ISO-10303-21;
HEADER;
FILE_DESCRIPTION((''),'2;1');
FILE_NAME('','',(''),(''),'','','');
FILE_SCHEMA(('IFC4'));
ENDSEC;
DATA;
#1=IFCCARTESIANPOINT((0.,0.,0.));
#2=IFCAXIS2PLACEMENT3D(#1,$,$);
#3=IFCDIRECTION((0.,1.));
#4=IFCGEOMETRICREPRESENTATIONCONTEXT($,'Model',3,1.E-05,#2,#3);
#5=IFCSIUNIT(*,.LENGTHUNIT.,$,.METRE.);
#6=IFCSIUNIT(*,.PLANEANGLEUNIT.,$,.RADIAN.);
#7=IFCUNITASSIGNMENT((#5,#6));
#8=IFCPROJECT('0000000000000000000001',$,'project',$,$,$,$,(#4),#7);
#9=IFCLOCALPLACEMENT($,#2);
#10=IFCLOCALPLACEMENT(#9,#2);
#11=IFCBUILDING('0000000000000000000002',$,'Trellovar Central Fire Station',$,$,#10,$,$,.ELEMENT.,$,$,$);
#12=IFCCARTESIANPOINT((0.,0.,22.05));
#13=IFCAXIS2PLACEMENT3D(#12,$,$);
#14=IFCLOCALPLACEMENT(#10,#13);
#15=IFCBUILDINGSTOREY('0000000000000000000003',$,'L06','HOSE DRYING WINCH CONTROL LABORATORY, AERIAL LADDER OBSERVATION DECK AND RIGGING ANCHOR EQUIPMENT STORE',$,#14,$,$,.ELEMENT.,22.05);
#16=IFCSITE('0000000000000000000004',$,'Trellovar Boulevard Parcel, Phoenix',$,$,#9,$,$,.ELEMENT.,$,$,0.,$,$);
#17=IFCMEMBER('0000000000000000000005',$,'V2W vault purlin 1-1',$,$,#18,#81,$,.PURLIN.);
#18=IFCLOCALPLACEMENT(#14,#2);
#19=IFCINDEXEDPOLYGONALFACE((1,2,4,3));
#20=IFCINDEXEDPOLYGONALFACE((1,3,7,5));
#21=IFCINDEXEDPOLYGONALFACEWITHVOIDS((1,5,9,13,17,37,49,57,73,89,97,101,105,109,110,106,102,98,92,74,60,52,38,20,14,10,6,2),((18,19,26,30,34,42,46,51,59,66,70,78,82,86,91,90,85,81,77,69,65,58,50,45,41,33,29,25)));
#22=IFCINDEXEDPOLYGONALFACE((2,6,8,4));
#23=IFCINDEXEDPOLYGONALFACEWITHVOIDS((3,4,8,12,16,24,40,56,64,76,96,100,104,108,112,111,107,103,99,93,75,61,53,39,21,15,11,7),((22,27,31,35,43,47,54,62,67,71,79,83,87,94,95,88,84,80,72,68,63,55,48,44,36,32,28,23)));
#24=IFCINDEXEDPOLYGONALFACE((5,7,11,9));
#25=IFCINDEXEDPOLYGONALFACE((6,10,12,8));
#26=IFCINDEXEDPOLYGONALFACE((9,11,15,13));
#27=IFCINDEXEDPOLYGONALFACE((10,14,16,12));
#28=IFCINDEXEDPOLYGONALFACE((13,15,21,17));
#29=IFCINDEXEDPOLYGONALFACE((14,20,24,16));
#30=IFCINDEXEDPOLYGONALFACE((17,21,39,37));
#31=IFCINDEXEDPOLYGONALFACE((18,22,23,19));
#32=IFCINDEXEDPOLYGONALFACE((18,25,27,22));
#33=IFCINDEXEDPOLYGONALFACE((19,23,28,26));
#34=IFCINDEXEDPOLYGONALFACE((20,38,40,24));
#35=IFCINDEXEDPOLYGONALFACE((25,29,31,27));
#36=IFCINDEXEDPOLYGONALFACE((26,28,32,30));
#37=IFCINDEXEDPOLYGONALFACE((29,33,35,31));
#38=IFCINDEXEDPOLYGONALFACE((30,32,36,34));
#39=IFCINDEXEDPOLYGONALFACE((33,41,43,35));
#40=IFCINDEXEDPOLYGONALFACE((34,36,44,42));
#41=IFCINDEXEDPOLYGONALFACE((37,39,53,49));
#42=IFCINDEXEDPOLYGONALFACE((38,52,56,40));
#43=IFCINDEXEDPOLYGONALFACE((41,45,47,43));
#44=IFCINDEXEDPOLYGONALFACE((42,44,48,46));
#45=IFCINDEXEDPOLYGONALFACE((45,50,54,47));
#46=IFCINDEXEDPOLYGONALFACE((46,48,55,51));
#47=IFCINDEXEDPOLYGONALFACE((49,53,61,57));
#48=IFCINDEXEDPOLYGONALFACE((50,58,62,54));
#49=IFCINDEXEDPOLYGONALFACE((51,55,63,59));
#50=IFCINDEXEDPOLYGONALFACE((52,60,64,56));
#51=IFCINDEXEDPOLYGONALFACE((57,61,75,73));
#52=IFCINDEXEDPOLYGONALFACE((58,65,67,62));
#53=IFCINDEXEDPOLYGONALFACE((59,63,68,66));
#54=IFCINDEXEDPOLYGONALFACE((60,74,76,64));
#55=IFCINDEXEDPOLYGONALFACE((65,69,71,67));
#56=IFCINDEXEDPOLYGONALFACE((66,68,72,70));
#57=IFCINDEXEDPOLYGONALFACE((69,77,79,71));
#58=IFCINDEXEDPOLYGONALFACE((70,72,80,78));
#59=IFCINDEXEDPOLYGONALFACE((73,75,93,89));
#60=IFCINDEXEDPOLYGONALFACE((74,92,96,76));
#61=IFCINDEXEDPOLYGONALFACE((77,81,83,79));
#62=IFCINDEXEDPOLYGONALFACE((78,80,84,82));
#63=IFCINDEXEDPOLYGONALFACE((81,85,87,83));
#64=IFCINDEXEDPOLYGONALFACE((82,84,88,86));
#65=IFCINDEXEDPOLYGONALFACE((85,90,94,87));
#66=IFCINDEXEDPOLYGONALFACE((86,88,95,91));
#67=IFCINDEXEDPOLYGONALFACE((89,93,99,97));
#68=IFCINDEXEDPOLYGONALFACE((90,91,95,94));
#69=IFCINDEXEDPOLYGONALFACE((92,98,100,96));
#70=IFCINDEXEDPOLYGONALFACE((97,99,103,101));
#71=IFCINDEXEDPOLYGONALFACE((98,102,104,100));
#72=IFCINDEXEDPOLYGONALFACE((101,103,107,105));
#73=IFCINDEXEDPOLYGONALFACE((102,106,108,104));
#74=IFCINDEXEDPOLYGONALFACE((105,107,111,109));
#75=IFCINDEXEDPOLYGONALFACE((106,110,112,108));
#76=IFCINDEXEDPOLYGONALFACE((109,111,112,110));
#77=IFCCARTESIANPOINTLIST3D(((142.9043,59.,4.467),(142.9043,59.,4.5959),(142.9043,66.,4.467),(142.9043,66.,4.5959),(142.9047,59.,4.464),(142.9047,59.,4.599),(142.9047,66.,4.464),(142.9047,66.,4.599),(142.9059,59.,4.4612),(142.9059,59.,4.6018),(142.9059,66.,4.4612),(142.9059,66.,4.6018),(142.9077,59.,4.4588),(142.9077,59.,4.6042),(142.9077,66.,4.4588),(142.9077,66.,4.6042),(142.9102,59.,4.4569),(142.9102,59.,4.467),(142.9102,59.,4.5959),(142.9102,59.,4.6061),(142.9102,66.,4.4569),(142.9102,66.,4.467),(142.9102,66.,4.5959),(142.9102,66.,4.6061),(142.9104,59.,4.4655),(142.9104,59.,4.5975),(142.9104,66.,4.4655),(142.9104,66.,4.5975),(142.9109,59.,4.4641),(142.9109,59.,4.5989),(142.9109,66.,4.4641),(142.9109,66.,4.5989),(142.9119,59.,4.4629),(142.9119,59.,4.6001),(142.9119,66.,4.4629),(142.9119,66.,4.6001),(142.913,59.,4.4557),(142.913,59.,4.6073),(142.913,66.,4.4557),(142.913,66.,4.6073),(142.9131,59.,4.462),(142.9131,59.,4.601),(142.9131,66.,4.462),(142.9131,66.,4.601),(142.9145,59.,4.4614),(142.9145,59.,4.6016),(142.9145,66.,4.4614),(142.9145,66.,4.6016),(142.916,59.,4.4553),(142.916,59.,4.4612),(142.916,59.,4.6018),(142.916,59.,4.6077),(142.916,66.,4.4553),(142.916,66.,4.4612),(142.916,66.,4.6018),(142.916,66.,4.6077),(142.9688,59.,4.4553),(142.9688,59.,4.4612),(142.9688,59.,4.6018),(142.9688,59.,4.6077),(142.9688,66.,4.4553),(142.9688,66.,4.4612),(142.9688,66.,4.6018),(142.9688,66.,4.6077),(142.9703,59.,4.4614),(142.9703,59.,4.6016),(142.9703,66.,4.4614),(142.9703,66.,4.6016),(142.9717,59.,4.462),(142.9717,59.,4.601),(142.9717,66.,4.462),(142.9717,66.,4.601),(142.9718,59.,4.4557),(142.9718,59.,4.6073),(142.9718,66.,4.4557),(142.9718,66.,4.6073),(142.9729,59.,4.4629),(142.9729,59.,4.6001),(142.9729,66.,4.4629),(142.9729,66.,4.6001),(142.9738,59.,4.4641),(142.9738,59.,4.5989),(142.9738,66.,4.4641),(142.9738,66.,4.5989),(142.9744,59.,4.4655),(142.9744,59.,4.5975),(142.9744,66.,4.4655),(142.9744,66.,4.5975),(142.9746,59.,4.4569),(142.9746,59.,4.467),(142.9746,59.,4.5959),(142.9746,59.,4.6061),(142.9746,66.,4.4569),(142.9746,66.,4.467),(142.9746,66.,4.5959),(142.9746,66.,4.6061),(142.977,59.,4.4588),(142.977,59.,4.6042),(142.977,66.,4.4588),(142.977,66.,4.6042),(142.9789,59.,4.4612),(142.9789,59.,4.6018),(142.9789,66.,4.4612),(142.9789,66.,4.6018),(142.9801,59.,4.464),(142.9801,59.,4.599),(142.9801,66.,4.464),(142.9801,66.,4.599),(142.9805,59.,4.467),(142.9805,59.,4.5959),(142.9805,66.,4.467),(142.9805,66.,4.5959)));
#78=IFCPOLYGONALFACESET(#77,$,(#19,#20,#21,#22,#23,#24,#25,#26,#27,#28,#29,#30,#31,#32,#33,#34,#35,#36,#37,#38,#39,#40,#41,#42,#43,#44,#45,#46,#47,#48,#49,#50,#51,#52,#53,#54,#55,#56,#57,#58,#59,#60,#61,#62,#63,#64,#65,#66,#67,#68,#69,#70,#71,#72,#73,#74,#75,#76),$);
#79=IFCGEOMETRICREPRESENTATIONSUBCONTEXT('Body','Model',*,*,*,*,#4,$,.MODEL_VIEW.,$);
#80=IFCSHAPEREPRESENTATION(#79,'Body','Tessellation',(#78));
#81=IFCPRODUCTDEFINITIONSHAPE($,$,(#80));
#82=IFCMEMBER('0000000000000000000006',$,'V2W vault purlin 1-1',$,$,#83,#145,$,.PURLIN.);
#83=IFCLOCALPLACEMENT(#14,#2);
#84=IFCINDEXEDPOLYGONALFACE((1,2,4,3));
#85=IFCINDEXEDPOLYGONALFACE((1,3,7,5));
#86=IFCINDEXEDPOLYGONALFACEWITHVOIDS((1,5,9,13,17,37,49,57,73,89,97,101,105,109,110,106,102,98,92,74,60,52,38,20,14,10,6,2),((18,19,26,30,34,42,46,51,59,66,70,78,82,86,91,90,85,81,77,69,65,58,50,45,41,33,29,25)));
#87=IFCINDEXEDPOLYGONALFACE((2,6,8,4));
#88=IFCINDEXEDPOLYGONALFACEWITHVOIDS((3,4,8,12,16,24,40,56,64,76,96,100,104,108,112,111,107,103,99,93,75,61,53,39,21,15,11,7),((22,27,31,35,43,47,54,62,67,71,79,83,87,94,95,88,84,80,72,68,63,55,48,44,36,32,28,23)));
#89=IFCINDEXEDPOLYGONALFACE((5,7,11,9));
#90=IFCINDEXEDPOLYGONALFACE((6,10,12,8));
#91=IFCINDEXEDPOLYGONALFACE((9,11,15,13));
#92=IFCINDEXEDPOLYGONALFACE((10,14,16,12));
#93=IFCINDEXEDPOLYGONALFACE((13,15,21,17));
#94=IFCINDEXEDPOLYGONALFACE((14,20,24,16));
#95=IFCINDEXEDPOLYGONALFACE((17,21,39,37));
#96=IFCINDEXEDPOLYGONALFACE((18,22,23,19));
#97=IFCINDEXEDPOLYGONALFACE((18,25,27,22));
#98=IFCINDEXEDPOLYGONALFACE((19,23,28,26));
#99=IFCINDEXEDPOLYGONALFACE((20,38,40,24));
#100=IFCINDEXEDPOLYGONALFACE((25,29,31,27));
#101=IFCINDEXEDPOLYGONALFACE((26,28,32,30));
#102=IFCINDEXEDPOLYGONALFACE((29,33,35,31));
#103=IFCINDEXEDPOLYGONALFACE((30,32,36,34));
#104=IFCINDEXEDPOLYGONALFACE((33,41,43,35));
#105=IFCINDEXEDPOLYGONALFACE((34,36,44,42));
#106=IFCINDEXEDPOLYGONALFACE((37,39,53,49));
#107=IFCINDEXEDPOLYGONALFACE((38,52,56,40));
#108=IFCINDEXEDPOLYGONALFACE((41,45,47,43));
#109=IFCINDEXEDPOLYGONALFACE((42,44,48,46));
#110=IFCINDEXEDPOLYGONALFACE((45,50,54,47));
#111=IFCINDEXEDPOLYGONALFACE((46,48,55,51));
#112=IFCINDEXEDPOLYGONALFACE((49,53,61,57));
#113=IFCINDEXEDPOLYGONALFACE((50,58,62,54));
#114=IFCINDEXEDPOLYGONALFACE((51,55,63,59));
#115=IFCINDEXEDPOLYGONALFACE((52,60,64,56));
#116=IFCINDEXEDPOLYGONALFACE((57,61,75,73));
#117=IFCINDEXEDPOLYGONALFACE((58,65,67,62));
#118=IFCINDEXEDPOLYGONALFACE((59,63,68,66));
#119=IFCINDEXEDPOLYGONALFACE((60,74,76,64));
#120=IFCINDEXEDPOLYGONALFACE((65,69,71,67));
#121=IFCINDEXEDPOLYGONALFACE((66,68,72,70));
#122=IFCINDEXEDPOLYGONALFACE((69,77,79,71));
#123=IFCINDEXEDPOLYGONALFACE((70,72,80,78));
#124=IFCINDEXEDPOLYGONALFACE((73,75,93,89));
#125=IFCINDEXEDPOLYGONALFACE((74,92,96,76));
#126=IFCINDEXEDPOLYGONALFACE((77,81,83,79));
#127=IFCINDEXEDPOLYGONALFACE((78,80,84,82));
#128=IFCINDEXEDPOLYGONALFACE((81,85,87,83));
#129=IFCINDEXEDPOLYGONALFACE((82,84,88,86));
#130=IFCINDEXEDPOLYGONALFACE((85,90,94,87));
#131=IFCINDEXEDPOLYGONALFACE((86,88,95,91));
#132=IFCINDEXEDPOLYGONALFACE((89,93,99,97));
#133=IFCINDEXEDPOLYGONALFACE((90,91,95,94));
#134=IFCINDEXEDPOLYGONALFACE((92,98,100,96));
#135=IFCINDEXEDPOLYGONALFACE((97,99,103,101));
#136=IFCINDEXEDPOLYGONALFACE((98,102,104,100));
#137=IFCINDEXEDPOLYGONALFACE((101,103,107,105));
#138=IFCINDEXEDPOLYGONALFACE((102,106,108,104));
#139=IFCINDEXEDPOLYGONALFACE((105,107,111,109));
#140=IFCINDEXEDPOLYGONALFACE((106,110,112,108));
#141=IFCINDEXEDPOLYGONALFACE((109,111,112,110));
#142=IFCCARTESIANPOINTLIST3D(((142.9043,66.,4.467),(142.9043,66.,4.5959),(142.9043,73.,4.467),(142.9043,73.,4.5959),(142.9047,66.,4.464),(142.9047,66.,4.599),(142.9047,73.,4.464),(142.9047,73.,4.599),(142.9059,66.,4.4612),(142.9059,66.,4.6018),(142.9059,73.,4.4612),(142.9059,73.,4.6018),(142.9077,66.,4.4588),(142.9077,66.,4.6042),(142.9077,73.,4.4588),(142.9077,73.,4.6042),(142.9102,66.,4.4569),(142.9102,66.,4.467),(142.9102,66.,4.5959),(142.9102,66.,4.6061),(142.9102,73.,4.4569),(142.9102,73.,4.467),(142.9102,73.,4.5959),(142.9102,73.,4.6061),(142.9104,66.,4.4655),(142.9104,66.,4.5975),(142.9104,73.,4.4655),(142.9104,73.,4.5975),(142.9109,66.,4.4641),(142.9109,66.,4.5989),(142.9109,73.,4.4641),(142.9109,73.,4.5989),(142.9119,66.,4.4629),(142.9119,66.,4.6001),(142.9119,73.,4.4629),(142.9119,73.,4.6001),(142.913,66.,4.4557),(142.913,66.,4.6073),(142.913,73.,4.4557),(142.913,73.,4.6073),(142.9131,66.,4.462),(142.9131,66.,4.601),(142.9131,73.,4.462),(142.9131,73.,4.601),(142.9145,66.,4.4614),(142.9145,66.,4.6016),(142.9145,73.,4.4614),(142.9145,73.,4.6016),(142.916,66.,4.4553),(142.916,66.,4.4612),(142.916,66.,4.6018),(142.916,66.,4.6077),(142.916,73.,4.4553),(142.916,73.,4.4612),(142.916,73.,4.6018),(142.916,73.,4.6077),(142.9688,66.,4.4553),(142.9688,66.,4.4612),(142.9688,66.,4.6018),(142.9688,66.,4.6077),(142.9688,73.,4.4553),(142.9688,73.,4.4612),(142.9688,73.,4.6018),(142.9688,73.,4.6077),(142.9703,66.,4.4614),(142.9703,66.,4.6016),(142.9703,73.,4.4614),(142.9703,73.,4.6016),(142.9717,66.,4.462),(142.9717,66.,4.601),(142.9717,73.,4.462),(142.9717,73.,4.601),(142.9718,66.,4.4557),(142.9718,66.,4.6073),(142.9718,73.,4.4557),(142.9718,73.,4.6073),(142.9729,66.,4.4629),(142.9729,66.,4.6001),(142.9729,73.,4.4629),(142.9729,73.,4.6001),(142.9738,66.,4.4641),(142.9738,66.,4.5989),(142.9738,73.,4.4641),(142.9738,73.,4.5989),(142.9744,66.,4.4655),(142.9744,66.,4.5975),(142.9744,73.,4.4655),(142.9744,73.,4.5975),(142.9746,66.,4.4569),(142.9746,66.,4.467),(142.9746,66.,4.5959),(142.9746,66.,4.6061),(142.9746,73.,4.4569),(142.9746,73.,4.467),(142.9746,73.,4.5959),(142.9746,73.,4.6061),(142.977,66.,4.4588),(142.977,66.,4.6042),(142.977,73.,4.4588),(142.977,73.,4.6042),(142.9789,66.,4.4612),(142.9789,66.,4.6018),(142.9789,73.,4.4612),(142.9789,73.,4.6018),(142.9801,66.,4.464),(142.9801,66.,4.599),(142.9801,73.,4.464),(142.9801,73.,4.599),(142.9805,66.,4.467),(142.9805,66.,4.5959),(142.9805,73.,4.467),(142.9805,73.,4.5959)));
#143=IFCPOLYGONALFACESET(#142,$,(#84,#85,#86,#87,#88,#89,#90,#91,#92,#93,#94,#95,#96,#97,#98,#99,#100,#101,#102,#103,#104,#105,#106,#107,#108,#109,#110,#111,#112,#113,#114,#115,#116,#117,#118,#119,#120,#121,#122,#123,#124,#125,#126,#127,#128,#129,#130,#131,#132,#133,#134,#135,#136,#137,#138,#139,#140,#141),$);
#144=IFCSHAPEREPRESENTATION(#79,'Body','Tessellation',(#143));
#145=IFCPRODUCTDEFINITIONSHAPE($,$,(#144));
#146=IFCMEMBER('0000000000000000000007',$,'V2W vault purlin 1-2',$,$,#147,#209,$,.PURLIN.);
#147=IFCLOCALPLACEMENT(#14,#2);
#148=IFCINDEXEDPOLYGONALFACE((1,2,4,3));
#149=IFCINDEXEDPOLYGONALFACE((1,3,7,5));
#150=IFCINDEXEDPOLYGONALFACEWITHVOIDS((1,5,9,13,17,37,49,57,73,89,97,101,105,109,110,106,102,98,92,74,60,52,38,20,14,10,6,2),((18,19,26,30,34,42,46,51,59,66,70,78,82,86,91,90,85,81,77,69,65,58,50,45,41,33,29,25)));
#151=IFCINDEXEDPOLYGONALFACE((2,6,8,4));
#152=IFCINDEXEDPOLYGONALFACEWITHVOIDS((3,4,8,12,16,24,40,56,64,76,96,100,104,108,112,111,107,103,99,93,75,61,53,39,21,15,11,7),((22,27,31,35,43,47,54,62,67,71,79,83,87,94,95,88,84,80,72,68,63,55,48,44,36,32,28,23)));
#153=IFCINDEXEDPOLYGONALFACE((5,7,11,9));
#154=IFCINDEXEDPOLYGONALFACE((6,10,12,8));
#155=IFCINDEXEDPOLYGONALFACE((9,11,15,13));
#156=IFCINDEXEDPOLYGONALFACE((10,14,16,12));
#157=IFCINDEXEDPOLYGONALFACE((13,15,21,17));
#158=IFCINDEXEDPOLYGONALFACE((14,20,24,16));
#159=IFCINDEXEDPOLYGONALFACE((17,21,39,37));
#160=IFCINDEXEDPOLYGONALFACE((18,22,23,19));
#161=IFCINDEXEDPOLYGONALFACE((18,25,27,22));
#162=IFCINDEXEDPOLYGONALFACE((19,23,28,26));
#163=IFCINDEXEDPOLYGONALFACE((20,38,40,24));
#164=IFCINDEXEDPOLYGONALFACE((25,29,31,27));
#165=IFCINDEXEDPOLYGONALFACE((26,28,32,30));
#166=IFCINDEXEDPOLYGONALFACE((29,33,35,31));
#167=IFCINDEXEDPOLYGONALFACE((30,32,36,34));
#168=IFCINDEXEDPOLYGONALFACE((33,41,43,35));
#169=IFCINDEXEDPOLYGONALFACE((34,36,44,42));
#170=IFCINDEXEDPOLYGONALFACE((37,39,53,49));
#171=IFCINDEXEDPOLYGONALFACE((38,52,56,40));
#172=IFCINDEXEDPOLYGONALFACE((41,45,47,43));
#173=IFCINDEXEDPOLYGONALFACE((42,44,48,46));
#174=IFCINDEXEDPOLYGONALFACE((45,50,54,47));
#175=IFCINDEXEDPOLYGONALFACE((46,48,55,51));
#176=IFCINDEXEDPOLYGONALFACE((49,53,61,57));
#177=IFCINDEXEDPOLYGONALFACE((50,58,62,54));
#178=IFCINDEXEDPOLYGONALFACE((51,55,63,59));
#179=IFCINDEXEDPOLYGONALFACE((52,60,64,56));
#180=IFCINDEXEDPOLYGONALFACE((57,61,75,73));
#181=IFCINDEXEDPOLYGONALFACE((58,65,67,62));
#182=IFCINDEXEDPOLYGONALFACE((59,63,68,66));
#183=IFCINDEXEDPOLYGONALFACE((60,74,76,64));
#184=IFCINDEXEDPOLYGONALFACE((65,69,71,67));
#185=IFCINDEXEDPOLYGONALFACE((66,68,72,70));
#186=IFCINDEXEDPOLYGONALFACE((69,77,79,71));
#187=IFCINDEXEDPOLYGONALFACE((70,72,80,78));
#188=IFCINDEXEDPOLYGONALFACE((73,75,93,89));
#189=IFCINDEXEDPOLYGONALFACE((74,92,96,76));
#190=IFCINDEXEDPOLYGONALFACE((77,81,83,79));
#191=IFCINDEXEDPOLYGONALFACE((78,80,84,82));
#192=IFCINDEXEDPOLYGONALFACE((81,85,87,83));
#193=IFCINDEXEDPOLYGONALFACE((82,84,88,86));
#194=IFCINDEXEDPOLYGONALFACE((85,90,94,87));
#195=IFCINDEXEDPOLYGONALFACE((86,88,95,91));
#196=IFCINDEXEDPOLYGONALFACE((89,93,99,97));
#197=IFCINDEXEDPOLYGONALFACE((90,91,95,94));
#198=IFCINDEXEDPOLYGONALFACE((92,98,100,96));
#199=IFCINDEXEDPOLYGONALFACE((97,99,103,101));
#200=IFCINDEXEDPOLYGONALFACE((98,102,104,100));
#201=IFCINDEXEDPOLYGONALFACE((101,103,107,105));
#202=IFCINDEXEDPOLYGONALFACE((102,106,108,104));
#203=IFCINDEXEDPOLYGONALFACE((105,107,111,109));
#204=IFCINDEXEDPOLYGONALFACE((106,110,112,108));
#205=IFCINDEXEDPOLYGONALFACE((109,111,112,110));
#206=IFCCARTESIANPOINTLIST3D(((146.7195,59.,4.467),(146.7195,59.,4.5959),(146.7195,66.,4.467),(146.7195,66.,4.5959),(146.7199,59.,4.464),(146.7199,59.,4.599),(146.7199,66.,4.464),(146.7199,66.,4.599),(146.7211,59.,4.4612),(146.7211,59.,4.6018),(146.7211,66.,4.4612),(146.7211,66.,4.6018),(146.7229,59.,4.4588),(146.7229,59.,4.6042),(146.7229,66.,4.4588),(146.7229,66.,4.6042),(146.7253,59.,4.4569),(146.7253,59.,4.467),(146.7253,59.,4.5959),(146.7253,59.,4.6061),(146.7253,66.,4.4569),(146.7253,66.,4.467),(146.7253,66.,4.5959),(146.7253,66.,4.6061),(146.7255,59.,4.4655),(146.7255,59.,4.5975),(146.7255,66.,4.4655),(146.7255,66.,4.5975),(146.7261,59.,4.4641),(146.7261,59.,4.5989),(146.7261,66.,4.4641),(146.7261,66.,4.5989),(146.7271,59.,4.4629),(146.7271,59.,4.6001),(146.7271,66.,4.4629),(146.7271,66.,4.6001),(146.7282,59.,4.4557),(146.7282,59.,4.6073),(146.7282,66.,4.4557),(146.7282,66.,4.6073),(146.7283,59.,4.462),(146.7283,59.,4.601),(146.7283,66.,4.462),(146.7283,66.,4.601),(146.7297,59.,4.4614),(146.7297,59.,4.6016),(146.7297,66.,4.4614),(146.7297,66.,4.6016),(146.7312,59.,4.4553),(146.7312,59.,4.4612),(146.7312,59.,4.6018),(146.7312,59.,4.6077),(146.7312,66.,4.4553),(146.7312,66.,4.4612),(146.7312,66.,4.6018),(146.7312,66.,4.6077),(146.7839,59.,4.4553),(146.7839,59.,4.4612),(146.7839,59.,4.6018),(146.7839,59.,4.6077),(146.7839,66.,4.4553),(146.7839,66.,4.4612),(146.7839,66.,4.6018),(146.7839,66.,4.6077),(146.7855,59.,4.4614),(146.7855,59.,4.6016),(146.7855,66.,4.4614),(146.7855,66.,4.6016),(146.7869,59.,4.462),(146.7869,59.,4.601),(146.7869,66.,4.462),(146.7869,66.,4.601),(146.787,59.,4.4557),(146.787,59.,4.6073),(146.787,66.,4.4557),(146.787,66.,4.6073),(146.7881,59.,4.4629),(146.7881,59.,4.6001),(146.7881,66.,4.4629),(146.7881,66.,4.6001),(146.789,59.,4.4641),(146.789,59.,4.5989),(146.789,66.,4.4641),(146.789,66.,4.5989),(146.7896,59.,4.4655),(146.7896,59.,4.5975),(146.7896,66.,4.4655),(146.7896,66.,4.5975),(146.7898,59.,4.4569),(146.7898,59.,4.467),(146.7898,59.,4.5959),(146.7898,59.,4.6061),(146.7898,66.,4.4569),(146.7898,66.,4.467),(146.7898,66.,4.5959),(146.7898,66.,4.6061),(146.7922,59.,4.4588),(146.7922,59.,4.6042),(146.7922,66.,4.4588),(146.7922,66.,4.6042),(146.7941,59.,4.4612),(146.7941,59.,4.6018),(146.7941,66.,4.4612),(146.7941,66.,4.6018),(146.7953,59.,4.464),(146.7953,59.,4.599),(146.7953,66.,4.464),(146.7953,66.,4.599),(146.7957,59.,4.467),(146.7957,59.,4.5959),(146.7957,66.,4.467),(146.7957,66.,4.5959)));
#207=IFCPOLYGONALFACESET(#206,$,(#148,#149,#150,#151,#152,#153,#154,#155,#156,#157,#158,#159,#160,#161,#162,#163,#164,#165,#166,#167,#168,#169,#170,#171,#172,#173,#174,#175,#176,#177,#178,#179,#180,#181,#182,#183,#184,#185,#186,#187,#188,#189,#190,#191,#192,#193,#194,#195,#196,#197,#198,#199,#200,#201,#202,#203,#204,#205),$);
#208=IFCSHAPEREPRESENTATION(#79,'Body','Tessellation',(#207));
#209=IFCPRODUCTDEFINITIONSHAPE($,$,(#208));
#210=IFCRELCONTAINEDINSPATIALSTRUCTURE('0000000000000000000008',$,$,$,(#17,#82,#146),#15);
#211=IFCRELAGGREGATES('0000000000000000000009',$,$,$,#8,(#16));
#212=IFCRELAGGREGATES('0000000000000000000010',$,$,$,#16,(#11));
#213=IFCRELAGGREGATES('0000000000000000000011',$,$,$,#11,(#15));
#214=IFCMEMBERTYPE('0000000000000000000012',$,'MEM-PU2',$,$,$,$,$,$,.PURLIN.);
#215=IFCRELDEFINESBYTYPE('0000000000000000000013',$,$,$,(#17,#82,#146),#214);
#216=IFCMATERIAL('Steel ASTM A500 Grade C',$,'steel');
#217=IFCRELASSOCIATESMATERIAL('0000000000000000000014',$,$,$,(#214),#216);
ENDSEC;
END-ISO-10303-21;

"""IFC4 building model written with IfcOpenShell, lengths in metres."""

from ifc_helpers import new_model, si_unit, direction, frame, origin, origin_2d, place, context, subcontext, project, spatial, hollow_rectangle, extrude, material, material_profile, profile_set, type_object, element, save


model = new_model("IFC4")

# Units and contexts
model_context = context("Model", 3, precision=1e-05, world=origin(), true_north=direction((0.0, 1.0)))
body_context = subcontext(model_context, "Body", "Model", "MODEL_VIEW")
ifc_project = project(units=[si_unit("LENGTHUNIT", "METRE"), si_unit("PLANEANGLEUNIT", "RADIAN")], contexts=[model_context])

# Site, building, storey
site_placement = place(None, origin())
site = spatial("IfcSite", under=ifc_project, at=site_placement, Name="Trellovar Boulevard Parcel, Phoenix", CompositionType="ELEMENT", RefElevation=0.0)
building_placement = place(site_placement, origin())
building = spatial("IfcBuilding", under=site, at=building_placement, Name="Trellovar Central Fire Station", CompositionType="ELEMENT")
storey_placement = place(building_placement, frame((0.0, 0.0, 22.05)))
storey = spatial("IfcBuildingStorey", under=building, at=storey_placement, Name="L06", Description="HOSE DRYING WINCH CONTROL LABORATORY, AERIAL LADDER OBSERVATION DECK AND RIGGING ANCHOR EQUIPMENT STORE", CompositionType="ELEMENT", Elevation=22.05)

# Members
ifc_material_1 = material(Name="Steel ASTM A500 Grade C", Category="steel")
ifc_material_profile_1 = material_profile(ifc_material_1, hollow_rectangle(XDim=0.0762, YDim=0.1523, WallThickness=0.0059, InnerFilletRadius=0.0059, OuterFilletRadius=0.0117, at=origin_2d()), Name="HSS6X3X1/4")
ifc_profile_set_1 = profile_set([ifc_material_profile_1], Name="Steel ASTM A500 Grade C")
member_type_1 = type_object("IfcMemberType", Name="MEM-PU2", PredefinedType="PURLIN", material=ifc_profile_set_1)
for number, where, z_axis, x_axis, name in (
    (1, (142.9424, 59.0, 4.5315), (0.0, 1.0, 0.0), (-1.0, 0.0, 0.0), "V2W vault purlin 1-1"),
    (2, (142.9424, 66.0, 4.5315), (0.0, 1.0, 0.0), (-1.0, 0.0, 0.0), "V2W vault purlin 1-1"),
    (3, (146.7576, 59.0, 4.5315), (0.0, 1.0, 0.0), (-1.0, 0.0, 0.0), "V2W vault purlin 1-2"),
):
    element("IfcMember", number, at=place(storey_placement, frame(where, z_axis=z_axis, x_axis=x_axis)), inside=storey, type_object=member_type_1, Name=name, PredefinedType="PURLIN", context=body_context, shape_type="SweptSolid", body=[
        extrude(hollow_rectangle(XDim=0.0762, YDim=0.1523, WallThickness=0.0059, InnerFilletRadius=0.0059, OuterFilletRadius=0.0117, at=origin_2d()), origin(), (0.0, 0.0, 1.0), 7.0),
    ])

save(model, "model.ifc")
